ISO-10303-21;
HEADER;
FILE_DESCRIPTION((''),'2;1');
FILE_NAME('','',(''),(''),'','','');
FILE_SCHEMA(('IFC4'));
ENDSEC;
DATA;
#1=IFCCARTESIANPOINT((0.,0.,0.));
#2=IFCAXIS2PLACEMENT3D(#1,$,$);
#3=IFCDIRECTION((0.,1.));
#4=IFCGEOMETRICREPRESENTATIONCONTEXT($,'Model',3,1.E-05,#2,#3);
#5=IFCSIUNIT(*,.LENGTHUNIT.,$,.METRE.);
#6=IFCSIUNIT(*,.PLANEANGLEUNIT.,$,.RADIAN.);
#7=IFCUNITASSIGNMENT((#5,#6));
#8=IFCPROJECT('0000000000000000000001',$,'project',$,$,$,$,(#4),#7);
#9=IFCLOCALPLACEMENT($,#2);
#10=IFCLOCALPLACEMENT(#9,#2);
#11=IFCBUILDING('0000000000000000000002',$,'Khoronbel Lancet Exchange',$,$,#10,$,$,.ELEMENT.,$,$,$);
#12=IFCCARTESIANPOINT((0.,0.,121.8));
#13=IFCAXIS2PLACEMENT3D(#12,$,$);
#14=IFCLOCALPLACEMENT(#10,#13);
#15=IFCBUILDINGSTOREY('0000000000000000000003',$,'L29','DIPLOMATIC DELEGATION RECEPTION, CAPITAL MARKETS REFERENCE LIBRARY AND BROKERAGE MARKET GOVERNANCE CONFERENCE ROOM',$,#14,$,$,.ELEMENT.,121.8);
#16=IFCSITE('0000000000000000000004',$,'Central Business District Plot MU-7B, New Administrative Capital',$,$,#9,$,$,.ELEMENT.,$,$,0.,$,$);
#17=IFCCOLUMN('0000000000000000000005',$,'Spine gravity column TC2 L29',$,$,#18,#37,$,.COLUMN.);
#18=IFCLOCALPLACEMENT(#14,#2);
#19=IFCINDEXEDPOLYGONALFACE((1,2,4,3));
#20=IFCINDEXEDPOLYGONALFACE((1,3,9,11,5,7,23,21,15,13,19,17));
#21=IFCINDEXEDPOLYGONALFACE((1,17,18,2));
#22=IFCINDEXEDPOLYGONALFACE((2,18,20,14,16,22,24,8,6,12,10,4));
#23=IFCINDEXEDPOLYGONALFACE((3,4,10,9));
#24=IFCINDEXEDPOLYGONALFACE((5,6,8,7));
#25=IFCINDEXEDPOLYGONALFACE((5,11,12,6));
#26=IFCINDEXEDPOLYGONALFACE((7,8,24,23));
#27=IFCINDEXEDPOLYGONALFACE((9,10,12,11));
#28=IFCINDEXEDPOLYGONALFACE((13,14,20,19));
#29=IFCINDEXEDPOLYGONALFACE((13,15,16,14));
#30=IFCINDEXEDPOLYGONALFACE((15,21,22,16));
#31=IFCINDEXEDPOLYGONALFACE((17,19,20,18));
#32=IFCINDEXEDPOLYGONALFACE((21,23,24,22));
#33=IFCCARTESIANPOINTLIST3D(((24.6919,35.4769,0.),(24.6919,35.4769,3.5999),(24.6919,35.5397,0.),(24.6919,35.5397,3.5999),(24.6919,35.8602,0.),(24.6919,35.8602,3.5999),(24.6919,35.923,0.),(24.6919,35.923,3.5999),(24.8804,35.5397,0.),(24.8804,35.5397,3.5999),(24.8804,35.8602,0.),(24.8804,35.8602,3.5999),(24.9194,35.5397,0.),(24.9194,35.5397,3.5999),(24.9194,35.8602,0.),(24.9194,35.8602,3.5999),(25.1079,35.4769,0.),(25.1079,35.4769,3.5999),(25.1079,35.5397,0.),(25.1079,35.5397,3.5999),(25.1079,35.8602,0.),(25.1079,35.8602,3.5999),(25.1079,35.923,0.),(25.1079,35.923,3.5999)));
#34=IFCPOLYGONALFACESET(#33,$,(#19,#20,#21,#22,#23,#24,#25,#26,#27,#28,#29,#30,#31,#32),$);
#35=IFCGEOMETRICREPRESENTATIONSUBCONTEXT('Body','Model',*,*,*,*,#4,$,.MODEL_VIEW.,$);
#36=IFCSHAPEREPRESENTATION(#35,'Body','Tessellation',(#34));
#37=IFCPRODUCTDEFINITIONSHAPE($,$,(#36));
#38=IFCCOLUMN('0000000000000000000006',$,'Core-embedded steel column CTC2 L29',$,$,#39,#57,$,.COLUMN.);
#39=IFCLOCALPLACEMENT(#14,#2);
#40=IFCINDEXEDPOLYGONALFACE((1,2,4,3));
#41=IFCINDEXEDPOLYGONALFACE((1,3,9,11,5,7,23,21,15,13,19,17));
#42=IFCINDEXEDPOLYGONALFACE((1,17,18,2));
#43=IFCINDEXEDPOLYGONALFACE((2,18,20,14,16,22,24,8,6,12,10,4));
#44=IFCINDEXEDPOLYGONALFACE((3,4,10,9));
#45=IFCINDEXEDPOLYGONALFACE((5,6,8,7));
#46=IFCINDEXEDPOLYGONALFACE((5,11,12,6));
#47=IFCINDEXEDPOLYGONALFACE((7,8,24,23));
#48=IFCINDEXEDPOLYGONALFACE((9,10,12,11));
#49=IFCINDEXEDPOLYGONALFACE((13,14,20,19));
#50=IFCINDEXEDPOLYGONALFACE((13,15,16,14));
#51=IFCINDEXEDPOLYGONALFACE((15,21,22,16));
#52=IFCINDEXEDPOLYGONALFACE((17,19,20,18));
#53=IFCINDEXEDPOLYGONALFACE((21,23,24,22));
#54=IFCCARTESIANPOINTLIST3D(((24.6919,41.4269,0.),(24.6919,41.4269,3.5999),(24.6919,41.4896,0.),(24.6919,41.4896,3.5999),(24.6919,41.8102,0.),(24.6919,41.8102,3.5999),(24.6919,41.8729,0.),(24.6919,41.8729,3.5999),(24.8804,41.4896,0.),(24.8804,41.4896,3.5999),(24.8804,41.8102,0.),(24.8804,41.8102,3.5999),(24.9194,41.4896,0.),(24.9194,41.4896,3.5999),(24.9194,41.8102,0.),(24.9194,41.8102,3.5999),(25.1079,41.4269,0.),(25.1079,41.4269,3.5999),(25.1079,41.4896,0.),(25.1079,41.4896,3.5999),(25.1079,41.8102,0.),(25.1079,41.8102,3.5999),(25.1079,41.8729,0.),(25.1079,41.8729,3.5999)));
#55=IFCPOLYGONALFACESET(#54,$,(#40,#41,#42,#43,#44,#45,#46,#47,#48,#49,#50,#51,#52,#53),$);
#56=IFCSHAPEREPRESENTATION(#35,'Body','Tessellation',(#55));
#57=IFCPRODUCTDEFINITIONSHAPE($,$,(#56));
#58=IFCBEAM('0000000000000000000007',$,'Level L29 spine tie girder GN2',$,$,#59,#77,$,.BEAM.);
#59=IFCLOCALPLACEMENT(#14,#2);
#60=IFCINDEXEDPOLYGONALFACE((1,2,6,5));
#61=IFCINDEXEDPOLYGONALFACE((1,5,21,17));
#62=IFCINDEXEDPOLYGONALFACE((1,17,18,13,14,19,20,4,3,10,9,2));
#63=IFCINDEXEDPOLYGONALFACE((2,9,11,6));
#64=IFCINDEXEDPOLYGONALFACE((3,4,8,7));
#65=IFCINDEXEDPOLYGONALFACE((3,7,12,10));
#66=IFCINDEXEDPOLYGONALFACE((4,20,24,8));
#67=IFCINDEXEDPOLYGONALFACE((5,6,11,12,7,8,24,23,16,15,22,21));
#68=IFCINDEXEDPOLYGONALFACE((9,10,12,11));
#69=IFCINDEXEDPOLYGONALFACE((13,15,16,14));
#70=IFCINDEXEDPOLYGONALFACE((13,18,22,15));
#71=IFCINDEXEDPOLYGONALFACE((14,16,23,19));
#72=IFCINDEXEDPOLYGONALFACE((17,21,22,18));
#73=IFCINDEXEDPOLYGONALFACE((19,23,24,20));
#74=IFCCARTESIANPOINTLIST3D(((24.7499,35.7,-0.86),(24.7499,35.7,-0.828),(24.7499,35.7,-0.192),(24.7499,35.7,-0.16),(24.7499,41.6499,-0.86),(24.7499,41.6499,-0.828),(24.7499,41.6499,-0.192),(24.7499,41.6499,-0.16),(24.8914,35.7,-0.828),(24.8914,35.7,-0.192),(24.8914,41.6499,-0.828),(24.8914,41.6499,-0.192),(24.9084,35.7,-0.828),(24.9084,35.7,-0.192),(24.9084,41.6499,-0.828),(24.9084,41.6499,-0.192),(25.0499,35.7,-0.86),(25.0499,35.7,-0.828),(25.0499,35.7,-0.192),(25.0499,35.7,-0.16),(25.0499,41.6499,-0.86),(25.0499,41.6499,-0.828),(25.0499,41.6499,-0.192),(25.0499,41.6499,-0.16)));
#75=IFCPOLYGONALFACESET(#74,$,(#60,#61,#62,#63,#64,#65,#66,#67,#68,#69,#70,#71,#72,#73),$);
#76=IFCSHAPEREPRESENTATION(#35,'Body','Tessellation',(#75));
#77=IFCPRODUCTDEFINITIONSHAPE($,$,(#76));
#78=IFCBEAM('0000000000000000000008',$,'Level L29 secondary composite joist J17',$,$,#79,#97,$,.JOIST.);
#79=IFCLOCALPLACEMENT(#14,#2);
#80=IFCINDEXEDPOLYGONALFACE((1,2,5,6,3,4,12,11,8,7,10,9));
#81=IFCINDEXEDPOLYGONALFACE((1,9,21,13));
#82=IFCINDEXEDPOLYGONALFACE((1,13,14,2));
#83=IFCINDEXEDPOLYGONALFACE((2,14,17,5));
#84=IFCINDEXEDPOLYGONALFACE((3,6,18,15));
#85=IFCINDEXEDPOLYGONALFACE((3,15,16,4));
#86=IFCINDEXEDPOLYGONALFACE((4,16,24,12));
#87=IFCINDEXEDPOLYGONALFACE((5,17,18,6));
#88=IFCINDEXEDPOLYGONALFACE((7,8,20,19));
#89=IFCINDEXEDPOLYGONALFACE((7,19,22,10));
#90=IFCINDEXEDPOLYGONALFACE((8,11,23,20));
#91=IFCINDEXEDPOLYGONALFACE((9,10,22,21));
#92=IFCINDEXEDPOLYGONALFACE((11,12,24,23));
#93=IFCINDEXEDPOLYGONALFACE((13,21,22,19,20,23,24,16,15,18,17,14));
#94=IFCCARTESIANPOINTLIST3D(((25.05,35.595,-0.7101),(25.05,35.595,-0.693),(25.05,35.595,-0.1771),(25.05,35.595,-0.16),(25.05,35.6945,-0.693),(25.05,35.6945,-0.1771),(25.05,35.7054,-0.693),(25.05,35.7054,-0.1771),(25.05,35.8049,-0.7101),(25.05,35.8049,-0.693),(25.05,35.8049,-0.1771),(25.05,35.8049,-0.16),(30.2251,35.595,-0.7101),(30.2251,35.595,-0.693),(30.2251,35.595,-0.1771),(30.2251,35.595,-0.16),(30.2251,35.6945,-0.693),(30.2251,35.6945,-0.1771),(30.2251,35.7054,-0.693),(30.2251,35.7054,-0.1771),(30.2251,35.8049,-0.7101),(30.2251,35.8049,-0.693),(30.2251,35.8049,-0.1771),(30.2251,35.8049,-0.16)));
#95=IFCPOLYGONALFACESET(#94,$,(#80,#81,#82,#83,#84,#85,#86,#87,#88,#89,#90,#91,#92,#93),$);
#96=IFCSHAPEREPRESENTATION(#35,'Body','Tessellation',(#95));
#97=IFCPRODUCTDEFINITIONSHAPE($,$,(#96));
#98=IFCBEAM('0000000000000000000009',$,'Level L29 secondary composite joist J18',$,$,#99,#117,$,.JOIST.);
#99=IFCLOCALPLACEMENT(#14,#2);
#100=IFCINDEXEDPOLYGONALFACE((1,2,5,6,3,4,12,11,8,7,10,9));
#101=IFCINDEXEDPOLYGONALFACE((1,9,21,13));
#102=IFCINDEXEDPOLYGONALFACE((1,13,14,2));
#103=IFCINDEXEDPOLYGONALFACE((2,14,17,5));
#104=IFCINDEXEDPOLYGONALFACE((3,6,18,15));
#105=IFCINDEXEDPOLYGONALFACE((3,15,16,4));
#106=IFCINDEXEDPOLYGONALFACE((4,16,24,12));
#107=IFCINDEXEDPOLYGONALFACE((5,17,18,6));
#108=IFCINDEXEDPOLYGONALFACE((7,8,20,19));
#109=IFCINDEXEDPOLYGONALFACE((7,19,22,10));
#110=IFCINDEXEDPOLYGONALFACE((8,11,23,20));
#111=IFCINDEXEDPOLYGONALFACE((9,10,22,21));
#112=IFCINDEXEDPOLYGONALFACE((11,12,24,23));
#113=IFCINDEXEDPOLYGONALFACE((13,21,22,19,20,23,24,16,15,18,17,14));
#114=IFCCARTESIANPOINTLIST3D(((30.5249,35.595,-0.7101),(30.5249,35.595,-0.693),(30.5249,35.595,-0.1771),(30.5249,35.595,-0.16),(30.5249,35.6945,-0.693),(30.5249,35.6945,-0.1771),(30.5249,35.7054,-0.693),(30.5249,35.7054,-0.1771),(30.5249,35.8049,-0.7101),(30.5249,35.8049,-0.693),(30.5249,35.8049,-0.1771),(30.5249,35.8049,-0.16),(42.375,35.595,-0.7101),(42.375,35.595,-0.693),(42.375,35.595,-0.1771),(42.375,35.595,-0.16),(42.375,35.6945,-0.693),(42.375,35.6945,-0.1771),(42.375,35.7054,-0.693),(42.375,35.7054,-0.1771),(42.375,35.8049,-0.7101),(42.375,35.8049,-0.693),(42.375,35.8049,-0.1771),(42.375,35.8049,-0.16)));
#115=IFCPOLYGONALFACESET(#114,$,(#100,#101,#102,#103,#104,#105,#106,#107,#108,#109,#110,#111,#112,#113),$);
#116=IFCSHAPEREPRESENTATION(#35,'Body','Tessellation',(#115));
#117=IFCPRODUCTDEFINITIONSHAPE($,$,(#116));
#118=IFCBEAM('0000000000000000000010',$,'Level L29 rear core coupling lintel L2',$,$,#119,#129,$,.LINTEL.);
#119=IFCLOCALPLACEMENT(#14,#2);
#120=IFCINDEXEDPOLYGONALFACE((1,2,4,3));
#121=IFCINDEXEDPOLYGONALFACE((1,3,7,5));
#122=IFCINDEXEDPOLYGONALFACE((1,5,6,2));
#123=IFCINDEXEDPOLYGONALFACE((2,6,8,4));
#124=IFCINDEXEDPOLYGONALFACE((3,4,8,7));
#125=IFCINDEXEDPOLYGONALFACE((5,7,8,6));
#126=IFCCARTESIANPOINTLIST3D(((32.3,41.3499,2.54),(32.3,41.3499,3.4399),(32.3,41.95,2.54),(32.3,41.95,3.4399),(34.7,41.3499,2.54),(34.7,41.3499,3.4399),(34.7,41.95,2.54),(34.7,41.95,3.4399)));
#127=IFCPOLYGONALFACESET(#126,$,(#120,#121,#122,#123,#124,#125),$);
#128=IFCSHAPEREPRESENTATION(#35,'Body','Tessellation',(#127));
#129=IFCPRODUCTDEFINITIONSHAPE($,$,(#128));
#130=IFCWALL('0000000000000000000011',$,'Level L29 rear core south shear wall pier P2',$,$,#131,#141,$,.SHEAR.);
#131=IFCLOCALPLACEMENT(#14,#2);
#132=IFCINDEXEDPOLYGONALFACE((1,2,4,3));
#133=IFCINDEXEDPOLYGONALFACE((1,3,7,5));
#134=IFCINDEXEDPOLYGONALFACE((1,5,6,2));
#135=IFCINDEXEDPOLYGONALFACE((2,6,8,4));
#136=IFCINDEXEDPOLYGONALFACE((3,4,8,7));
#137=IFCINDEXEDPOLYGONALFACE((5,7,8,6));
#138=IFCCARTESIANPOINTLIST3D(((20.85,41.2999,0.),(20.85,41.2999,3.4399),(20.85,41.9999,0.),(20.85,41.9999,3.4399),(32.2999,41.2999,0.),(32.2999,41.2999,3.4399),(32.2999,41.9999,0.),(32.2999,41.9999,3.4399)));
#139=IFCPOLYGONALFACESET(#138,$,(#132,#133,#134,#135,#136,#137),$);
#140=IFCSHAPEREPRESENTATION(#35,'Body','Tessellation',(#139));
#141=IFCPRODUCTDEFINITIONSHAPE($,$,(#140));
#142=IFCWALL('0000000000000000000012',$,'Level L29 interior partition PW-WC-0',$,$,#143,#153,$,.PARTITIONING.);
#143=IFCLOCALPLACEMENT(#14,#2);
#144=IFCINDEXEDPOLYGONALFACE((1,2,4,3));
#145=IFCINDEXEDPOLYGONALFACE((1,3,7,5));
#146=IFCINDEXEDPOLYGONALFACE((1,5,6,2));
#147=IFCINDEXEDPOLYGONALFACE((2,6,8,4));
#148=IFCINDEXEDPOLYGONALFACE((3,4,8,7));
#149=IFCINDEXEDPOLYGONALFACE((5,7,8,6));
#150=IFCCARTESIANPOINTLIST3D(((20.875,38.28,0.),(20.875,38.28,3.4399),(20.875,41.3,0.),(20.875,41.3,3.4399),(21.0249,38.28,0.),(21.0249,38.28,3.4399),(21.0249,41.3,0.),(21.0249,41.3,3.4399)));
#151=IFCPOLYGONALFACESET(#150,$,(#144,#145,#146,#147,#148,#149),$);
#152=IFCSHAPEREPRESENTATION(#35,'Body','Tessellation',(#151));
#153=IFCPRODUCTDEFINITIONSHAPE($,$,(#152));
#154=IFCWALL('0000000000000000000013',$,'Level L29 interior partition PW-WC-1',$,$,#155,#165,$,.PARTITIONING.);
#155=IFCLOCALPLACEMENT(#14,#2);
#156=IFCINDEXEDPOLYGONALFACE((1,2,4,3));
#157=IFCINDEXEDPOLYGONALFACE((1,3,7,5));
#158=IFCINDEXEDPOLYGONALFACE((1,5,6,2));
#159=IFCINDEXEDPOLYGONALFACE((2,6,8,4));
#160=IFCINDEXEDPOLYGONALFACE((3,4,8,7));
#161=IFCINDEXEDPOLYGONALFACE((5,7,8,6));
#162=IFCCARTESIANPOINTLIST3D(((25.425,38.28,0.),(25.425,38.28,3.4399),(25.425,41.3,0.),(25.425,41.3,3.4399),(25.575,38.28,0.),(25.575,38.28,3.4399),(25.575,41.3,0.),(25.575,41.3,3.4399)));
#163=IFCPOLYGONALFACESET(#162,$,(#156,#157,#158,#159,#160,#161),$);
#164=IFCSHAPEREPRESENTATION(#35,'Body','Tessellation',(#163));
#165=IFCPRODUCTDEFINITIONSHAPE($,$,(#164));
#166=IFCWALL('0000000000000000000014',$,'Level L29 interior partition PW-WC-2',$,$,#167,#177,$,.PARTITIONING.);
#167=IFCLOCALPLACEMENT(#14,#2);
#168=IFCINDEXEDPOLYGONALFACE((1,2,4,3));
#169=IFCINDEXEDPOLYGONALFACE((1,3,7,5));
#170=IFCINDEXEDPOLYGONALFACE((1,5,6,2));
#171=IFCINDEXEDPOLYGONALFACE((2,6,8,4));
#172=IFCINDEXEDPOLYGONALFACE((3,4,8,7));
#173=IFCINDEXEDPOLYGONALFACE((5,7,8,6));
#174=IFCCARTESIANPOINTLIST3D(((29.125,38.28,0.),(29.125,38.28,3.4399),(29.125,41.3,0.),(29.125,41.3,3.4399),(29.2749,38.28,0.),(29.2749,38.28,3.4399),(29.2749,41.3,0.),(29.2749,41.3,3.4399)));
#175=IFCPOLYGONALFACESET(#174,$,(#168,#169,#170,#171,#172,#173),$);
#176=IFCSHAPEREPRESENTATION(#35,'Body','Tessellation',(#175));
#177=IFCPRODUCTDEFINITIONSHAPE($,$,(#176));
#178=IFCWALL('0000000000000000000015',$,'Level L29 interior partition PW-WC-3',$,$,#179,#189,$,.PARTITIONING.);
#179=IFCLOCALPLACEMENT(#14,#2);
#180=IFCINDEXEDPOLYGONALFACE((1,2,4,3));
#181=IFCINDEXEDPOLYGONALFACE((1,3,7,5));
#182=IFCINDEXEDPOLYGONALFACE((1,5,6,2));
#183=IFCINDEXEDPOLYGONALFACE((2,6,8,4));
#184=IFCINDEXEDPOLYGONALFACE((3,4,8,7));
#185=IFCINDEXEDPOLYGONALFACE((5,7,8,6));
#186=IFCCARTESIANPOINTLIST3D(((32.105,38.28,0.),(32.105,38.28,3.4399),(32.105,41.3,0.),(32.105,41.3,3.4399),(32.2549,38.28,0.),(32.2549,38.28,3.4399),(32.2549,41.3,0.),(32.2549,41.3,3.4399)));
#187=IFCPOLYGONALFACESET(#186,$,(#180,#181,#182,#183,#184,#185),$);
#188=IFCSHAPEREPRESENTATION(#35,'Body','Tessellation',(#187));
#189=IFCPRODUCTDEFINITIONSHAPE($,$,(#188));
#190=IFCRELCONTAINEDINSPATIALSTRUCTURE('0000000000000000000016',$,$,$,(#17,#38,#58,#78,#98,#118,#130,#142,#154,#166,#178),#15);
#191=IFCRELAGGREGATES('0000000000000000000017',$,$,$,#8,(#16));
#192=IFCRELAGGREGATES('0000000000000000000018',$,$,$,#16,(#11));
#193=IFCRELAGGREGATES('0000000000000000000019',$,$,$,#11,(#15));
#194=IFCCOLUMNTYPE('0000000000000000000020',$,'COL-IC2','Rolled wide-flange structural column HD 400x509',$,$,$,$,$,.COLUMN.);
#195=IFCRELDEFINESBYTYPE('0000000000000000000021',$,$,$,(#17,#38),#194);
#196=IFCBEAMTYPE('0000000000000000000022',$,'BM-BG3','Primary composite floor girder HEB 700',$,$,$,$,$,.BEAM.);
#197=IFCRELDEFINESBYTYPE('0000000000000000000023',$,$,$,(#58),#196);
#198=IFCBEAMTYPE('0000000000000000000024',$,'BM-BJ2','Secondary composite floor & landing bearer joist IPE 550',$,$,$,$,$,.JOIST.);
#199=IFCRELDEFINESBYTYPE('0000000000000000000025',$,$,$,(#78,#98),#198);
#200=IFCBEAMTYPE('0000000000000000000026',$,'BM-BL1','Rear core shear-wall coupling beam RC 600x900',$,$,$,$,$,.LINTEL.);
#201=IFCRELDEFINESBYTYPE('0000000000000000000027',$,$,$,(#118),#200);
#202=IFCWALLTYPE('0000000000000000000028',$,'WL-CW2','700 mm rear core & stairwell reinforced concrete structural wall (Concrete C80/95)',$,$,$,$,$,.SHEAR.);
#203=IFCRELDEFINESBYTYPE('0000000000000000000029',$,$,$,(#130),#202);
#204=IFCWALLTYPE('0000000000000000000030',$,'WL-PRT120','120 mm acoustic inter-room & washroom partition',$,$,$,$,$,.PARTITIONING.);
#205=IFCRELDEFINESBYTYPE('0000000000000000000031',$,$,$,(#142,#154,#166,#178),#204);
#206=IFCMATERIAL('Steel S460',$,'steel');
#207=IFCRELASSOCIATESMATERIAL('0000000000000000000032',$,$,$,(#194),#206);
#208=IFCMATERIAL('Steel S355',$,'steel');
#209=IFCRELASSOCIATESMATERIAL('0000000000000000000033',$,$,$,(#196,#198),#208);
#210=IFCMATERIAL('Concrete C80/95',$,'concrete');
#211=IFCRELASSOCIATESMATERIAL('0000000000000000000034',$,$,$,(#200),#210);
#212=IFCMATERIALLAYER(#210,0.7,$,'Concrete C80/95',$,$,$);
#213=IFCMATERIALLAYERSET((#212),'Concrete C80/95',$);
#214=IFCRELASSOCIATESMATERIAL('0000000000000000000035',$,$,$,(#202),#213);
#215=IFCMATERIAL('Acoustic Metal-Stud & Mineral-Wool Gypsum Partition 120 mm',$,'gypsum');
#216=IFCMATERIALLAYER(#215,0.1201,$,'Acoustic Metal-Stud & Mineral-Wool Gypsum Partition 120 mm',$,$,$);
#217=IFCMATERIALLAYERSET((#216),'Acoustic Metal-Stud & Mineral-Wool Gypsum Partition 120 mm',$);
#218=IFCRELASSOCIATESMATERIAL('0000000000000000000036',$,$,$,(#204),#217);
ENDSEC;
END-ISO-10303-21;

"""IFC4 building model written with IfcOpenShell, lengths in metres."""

from ifc_helpers import new_model, si_unit, direction, frame, frame_2d, origin, origin_2d, place, context, subcontext, project, spatial, rectangle, i_section, extrude, material, layer, layer_set, material_profile, profile_set, type_object, element, save


model = new_model("IFC4")

# Units and contexts
model_context = context("Model", 3, precision=1e-05, world=origin(), true_north=direction((0.0, 1.0)))
body_context = subcontext(model_context, "Body", "Model", "MODEL_VIEW")
ifc_project = project(units=[si_unit("LENGTHUNIT", "METRE"), si_unit("PLANEANGLEUNIT", "RADIAN")], contexts=[model_context])

# Site, building, storey
site_placement = place(None, origin())
site = spatial("IfcSite", under=ifc_project, at=site_placement, Name="Central Business District Plot MU-7B, New Administrative Capital", CompositionType="ELEMENT", RefElevation=0.0)
building_placement = place(site_placement, origin())
building = spatial("IfcBuilding", under=site, at=building_placement, Name="Khoronbel Lancet Exchange", CompositionType="ELEMENT")
storey_placement = place(building_placement, frame((0.0, 0.0, 121.8)))
storey = spatial("IfcBuildingStorey", under=building, at=storey_placement, Name="L29", Description="DIPLOMATIC DELEGATION RECEPTION, CAPITAL MARKETS REFERENCE LIBRARY AND BROKERAGE MARKET GOVERNANCE CONFERENCE ROOM", CompositionType="ELEMENT", Elevation=121.8)

# Columns
ifc_material_1 = material(Name="Steel S460", Category="steel")
ifc_material_profile_1 = material_profile(ifc_material_1, i_section(OverallWidth=0.416, OverallDepth=0.446, WebThickness=0.0391, FlangeThickness=0.0627, at=origin_2d()), Name="HD 400x509")
ifc_profile_set_1 = profile_set([ifc_material_profile_1], Name="Steel S460")
column_type = type_object("IfcColumnType", Name="COL-IC2", Description="Rolled wide-flange structural column HD 400x509", PredefinedType="COLUMN", material=ifc_profile_set_1)
for number, where, z_axis, x_axis, name in (
    (1, (24.8999, 35.7, 0.0), (0.0, 0.0, 1.0), (1.0, 0.0, 0.0), "Spine gravity column TC2 L29"),
    (2, (24.8999, 41.6499, 0.0), (0.0, 0.0, 1.0), (1.0, 0.0, 0.0), "Core-embedded steel column CTC2 L29"),
):
    element("IfcColumn", number, at=place(storey_placement, frame(where, z_axis=z_axis, x_axis=x_axis)), inside=storey, type_object=column_type, Name=name, PredefinedType="COLUMN", context=body_context, shape_type="SweptSolid", body=[
        extrude(i_section(OverallWidth=0.416, OverallDepth=0.446, WebThickness=0.0391, FlangeThickness=0.0627, at=origin_2d()), origin(), (0.0, 0.0, 1.0), 3.5999),
    ])

# Beams
ifc_material_2 = material(Name="Steel S355", Category="steel")
ifc_material_profile_2 = material_profile(ifc_material_2, i_section(OverallWidth=0.3, OverallDepth=0.7, WebThickness=0.0171, FlangeThickness=0.032, at=origin_2d()), Name="HEB 700")
ifc_profile_set_2 = profile_set([ifc_material_profile_2], Name="Steel S355")
beam_type_1 = type_object("IfcBeamType", Name="BM-BG3", Description="Primary composite floor girder HEB 700", PredefinedType="BEAM", material=ifc_profile_set_2)
beam_1_placement = place(storey_placement, frame((24.8999, 35.7, -0.51), z_axis=(0.0, 1.0, 0.0), x_axis=(-1.0, 0.0, 0.0)))
element("IfcBeam", 3, at=beam_1_placement, inside=storey, type_object=beam_type_1, Name="Level L29 spine tie girder GN2", PredefinedType="BEAM", context=body_context, shape_type="SweptSolid", body=[
    extrude(i_section(OverallWidth=0.3, OverallDepth=0.7, WebThickness=0.0171, FlangeThickness=0.032, at=origin_2d()), origin(), (0.0, 0.0, 1.0), 5.95),
])
ifc_material_profile_3 = material_profile(ifc_material_2, i_section(OverallWidth=0.21, OverallDepth=0.55, WebThickness=0.011, FlangeThickness=0.0171, at=origin_2d()), Name="IPE 550")
ifc_profile_set_3 = profile_set([ifc_material_profile_3], Name="Steel S355")
beam_type_2 = type_object("IfcBeamType", Name="BM-BJ2", Description="Secondary composite floor & landing bearer joist IPE 550", PredefinedType="JOIST", material=ifc_profile_set_3)
beam_2_placement = place(storey_placement, frame((25.05, 35.7, -0.4351), z_axis=(1.0, 0.0, 0.0), x_axis=(0.0, 1.0, 0.0)))
element("IfcBeam", 4, at=beam_2_placement, inside=storey, type_object=beam_type_2, Name="Level L29 secondary composite joist J17", PredefinedType="JOIST", context=body_context, shape_type="SweptSolid", body=[
    extrude(i_section(OverallWidth=0.21, OverallDepth=0.55, WebThickness=0.011, FlangeThickness=0.0171, at=origin_2d()), origin(), (0.0, 0.0, 1.0), 5.175),
])
beam_3_placement = place(storey_placement, frame((30.5249, 35.7, -0.4351), z_axis=(1.0, 0.0, 0.0), x_axis=(0.0, 1.0, 0.0)))
element("IfcBeam", 5, at=beam_3_placement, inside=storey, type_object=beam_type_2, Name="Level L29 secondary composite joist J18", PredefinedType="JOIST", context=body_context, shape_type="SweptSolid", body=[
    extrude(i_section(OverallWidth=0.21, OverallDepth=0.55, WebThickness=0.011, FlangeThickness=0.0171, at=origin_2d()), origin(), (0.0, 0.0, 1.0), 11.8501),
])
ifc_material_3 = material(Name="Concrete C80/95", Category="concrete")
ifc_material_profile_4 = material_profile(ifc_material_3, rectangle(XDim=0.6001, YDim=0.8999, at=origin_2d()), Name="RC 600x900")
ifc_profile_set_4 = profile_set([ifc_material_profile_4], Name="Concrete C80/95")
beam_type_3 = type_object("IfcBeamType", Name="BM-BL1", Description="Rear core shear-wall coupling beam RC 600x900", PredefinedType="LINTEL", material=ifc_profile_set_4)
beam_4_placement = place(storey_placement, frame((32.3, 41.6499, 2.99), z_axis=(1.0, 0.0, 0.0), x_axis=(0.0, 1.0, 0.0)))
element("IfcBeam", 6, at=beam_4_placement, inside=storey, type_object=beam_type_3, Name="Level L29 rear core coupling lintel L2", PredefinedType="LINTEL", context=body_context, shape_type="SweptSolid", body=[
    extrude(rectangle(XDim=0.6001, YDim=0.8999, at=origin_2d()), origin(), (0.0, 0.0, 1.0), 2.3999),
])

# Walls
ifc_layer_1 = layer(ifc_material_3, 0.7, Name="Concrete C80/95")
ifc_layer_set_1 = layer_set([ifc_layer_1], Name="Concrete C80/95")
wall_type_1 = type_object("IfcWallType", Name="WL-CW2", Description="700 mm rear core & stairwell reinforced concrete structural wall (Concrete C80/95)", PredefinedType="SHEAR", material=ifc_layer_set_1)
wall_1_placement = place(storey_placement, frame((32.3, 41.6499, 0.0), z_axis=(0.0, 0.0, 1.0), x_axis=(-1.0, 0.0, 0.0)))
element("IfcWall", 7, at=wall_1_placement, inside=storey, type_object=wall_type_1, Name="Level L29 rear core south shear wall pier P2", PredefinedType="SHEAR", context=body_context, shape_type="SweptSolid", body=[
    extrude(rectangle(XDim=11.45, YDim=0.7, at=frame_2d((5.7251, 0.0))), origin(), (0.0, 0.0, 1.0), 3.4399),
])
ifc_material_4 = material(Name="Acoustic Metal-Stud & Mineral-Wool Gypsum Partition 120 mm", Category="gypsum")
ifc_layer_2 = layer(ifc_material_4, 0.1201, Name="Acoustic Metal-Stud & Mineral-Wool Gypsum Partition 120 mm")
ifc_layer_set_2 = layer_set([ifc_layer_2], Name="Acoustic Metal-Stud & Mineral-Wool Gypsum Partition 120 mm")
wall_type_2 = type_object("IfcWallType", Name="WL-PRT120", Description="120 mm acoustic inter-room & washroom partition", PredefinedType="PARTITIONING", material=ifc_layer_set_2)
for number, where, z_axis, x_axis, name in (
    (8, (20.95, 38.28, 0.0), (0.0, 0.0, 1.0), (0.0, 1.0, 0.0), "Level L29 interior partition PW-WC-0"),
    (9, (25.5, 38.28, 0.0), (0.0, 0.0, 1.0), (0.0, 1.0, 0.0), "Level L29 interior partition PW-WC-1"),
    (10, (29.2, 38.28, 0.0), (0.0, 0.0, 1.0), (0.0, 1.0, 0.0), "Level L29 interior partition PW-WC-2"),
    (11, (32.1799, 38.28, 0.0), (0.0, 0.0, 1.0), (0.0, 1.0, 0.0), "Level L29 interior partition PW-WC-3"),
):
    element("IfcWall", number, at=place(storey_placement, frame(where, z_axis=z_axis, x_axis=x_axis)), inside=storey, type_object=wall_type_2, Name=name, PredefinedType="PARTITIONING", context=body_context, shape_type="SweptSolid", body=[
        extrude(rectangle(XDim=3.02, YDim=0.1499, at=frame_2d((1.51, 0.0))), origin(), (0.0, 0.0, 1.0), 3.4399),
    ])

save(model, "model.ifc")
